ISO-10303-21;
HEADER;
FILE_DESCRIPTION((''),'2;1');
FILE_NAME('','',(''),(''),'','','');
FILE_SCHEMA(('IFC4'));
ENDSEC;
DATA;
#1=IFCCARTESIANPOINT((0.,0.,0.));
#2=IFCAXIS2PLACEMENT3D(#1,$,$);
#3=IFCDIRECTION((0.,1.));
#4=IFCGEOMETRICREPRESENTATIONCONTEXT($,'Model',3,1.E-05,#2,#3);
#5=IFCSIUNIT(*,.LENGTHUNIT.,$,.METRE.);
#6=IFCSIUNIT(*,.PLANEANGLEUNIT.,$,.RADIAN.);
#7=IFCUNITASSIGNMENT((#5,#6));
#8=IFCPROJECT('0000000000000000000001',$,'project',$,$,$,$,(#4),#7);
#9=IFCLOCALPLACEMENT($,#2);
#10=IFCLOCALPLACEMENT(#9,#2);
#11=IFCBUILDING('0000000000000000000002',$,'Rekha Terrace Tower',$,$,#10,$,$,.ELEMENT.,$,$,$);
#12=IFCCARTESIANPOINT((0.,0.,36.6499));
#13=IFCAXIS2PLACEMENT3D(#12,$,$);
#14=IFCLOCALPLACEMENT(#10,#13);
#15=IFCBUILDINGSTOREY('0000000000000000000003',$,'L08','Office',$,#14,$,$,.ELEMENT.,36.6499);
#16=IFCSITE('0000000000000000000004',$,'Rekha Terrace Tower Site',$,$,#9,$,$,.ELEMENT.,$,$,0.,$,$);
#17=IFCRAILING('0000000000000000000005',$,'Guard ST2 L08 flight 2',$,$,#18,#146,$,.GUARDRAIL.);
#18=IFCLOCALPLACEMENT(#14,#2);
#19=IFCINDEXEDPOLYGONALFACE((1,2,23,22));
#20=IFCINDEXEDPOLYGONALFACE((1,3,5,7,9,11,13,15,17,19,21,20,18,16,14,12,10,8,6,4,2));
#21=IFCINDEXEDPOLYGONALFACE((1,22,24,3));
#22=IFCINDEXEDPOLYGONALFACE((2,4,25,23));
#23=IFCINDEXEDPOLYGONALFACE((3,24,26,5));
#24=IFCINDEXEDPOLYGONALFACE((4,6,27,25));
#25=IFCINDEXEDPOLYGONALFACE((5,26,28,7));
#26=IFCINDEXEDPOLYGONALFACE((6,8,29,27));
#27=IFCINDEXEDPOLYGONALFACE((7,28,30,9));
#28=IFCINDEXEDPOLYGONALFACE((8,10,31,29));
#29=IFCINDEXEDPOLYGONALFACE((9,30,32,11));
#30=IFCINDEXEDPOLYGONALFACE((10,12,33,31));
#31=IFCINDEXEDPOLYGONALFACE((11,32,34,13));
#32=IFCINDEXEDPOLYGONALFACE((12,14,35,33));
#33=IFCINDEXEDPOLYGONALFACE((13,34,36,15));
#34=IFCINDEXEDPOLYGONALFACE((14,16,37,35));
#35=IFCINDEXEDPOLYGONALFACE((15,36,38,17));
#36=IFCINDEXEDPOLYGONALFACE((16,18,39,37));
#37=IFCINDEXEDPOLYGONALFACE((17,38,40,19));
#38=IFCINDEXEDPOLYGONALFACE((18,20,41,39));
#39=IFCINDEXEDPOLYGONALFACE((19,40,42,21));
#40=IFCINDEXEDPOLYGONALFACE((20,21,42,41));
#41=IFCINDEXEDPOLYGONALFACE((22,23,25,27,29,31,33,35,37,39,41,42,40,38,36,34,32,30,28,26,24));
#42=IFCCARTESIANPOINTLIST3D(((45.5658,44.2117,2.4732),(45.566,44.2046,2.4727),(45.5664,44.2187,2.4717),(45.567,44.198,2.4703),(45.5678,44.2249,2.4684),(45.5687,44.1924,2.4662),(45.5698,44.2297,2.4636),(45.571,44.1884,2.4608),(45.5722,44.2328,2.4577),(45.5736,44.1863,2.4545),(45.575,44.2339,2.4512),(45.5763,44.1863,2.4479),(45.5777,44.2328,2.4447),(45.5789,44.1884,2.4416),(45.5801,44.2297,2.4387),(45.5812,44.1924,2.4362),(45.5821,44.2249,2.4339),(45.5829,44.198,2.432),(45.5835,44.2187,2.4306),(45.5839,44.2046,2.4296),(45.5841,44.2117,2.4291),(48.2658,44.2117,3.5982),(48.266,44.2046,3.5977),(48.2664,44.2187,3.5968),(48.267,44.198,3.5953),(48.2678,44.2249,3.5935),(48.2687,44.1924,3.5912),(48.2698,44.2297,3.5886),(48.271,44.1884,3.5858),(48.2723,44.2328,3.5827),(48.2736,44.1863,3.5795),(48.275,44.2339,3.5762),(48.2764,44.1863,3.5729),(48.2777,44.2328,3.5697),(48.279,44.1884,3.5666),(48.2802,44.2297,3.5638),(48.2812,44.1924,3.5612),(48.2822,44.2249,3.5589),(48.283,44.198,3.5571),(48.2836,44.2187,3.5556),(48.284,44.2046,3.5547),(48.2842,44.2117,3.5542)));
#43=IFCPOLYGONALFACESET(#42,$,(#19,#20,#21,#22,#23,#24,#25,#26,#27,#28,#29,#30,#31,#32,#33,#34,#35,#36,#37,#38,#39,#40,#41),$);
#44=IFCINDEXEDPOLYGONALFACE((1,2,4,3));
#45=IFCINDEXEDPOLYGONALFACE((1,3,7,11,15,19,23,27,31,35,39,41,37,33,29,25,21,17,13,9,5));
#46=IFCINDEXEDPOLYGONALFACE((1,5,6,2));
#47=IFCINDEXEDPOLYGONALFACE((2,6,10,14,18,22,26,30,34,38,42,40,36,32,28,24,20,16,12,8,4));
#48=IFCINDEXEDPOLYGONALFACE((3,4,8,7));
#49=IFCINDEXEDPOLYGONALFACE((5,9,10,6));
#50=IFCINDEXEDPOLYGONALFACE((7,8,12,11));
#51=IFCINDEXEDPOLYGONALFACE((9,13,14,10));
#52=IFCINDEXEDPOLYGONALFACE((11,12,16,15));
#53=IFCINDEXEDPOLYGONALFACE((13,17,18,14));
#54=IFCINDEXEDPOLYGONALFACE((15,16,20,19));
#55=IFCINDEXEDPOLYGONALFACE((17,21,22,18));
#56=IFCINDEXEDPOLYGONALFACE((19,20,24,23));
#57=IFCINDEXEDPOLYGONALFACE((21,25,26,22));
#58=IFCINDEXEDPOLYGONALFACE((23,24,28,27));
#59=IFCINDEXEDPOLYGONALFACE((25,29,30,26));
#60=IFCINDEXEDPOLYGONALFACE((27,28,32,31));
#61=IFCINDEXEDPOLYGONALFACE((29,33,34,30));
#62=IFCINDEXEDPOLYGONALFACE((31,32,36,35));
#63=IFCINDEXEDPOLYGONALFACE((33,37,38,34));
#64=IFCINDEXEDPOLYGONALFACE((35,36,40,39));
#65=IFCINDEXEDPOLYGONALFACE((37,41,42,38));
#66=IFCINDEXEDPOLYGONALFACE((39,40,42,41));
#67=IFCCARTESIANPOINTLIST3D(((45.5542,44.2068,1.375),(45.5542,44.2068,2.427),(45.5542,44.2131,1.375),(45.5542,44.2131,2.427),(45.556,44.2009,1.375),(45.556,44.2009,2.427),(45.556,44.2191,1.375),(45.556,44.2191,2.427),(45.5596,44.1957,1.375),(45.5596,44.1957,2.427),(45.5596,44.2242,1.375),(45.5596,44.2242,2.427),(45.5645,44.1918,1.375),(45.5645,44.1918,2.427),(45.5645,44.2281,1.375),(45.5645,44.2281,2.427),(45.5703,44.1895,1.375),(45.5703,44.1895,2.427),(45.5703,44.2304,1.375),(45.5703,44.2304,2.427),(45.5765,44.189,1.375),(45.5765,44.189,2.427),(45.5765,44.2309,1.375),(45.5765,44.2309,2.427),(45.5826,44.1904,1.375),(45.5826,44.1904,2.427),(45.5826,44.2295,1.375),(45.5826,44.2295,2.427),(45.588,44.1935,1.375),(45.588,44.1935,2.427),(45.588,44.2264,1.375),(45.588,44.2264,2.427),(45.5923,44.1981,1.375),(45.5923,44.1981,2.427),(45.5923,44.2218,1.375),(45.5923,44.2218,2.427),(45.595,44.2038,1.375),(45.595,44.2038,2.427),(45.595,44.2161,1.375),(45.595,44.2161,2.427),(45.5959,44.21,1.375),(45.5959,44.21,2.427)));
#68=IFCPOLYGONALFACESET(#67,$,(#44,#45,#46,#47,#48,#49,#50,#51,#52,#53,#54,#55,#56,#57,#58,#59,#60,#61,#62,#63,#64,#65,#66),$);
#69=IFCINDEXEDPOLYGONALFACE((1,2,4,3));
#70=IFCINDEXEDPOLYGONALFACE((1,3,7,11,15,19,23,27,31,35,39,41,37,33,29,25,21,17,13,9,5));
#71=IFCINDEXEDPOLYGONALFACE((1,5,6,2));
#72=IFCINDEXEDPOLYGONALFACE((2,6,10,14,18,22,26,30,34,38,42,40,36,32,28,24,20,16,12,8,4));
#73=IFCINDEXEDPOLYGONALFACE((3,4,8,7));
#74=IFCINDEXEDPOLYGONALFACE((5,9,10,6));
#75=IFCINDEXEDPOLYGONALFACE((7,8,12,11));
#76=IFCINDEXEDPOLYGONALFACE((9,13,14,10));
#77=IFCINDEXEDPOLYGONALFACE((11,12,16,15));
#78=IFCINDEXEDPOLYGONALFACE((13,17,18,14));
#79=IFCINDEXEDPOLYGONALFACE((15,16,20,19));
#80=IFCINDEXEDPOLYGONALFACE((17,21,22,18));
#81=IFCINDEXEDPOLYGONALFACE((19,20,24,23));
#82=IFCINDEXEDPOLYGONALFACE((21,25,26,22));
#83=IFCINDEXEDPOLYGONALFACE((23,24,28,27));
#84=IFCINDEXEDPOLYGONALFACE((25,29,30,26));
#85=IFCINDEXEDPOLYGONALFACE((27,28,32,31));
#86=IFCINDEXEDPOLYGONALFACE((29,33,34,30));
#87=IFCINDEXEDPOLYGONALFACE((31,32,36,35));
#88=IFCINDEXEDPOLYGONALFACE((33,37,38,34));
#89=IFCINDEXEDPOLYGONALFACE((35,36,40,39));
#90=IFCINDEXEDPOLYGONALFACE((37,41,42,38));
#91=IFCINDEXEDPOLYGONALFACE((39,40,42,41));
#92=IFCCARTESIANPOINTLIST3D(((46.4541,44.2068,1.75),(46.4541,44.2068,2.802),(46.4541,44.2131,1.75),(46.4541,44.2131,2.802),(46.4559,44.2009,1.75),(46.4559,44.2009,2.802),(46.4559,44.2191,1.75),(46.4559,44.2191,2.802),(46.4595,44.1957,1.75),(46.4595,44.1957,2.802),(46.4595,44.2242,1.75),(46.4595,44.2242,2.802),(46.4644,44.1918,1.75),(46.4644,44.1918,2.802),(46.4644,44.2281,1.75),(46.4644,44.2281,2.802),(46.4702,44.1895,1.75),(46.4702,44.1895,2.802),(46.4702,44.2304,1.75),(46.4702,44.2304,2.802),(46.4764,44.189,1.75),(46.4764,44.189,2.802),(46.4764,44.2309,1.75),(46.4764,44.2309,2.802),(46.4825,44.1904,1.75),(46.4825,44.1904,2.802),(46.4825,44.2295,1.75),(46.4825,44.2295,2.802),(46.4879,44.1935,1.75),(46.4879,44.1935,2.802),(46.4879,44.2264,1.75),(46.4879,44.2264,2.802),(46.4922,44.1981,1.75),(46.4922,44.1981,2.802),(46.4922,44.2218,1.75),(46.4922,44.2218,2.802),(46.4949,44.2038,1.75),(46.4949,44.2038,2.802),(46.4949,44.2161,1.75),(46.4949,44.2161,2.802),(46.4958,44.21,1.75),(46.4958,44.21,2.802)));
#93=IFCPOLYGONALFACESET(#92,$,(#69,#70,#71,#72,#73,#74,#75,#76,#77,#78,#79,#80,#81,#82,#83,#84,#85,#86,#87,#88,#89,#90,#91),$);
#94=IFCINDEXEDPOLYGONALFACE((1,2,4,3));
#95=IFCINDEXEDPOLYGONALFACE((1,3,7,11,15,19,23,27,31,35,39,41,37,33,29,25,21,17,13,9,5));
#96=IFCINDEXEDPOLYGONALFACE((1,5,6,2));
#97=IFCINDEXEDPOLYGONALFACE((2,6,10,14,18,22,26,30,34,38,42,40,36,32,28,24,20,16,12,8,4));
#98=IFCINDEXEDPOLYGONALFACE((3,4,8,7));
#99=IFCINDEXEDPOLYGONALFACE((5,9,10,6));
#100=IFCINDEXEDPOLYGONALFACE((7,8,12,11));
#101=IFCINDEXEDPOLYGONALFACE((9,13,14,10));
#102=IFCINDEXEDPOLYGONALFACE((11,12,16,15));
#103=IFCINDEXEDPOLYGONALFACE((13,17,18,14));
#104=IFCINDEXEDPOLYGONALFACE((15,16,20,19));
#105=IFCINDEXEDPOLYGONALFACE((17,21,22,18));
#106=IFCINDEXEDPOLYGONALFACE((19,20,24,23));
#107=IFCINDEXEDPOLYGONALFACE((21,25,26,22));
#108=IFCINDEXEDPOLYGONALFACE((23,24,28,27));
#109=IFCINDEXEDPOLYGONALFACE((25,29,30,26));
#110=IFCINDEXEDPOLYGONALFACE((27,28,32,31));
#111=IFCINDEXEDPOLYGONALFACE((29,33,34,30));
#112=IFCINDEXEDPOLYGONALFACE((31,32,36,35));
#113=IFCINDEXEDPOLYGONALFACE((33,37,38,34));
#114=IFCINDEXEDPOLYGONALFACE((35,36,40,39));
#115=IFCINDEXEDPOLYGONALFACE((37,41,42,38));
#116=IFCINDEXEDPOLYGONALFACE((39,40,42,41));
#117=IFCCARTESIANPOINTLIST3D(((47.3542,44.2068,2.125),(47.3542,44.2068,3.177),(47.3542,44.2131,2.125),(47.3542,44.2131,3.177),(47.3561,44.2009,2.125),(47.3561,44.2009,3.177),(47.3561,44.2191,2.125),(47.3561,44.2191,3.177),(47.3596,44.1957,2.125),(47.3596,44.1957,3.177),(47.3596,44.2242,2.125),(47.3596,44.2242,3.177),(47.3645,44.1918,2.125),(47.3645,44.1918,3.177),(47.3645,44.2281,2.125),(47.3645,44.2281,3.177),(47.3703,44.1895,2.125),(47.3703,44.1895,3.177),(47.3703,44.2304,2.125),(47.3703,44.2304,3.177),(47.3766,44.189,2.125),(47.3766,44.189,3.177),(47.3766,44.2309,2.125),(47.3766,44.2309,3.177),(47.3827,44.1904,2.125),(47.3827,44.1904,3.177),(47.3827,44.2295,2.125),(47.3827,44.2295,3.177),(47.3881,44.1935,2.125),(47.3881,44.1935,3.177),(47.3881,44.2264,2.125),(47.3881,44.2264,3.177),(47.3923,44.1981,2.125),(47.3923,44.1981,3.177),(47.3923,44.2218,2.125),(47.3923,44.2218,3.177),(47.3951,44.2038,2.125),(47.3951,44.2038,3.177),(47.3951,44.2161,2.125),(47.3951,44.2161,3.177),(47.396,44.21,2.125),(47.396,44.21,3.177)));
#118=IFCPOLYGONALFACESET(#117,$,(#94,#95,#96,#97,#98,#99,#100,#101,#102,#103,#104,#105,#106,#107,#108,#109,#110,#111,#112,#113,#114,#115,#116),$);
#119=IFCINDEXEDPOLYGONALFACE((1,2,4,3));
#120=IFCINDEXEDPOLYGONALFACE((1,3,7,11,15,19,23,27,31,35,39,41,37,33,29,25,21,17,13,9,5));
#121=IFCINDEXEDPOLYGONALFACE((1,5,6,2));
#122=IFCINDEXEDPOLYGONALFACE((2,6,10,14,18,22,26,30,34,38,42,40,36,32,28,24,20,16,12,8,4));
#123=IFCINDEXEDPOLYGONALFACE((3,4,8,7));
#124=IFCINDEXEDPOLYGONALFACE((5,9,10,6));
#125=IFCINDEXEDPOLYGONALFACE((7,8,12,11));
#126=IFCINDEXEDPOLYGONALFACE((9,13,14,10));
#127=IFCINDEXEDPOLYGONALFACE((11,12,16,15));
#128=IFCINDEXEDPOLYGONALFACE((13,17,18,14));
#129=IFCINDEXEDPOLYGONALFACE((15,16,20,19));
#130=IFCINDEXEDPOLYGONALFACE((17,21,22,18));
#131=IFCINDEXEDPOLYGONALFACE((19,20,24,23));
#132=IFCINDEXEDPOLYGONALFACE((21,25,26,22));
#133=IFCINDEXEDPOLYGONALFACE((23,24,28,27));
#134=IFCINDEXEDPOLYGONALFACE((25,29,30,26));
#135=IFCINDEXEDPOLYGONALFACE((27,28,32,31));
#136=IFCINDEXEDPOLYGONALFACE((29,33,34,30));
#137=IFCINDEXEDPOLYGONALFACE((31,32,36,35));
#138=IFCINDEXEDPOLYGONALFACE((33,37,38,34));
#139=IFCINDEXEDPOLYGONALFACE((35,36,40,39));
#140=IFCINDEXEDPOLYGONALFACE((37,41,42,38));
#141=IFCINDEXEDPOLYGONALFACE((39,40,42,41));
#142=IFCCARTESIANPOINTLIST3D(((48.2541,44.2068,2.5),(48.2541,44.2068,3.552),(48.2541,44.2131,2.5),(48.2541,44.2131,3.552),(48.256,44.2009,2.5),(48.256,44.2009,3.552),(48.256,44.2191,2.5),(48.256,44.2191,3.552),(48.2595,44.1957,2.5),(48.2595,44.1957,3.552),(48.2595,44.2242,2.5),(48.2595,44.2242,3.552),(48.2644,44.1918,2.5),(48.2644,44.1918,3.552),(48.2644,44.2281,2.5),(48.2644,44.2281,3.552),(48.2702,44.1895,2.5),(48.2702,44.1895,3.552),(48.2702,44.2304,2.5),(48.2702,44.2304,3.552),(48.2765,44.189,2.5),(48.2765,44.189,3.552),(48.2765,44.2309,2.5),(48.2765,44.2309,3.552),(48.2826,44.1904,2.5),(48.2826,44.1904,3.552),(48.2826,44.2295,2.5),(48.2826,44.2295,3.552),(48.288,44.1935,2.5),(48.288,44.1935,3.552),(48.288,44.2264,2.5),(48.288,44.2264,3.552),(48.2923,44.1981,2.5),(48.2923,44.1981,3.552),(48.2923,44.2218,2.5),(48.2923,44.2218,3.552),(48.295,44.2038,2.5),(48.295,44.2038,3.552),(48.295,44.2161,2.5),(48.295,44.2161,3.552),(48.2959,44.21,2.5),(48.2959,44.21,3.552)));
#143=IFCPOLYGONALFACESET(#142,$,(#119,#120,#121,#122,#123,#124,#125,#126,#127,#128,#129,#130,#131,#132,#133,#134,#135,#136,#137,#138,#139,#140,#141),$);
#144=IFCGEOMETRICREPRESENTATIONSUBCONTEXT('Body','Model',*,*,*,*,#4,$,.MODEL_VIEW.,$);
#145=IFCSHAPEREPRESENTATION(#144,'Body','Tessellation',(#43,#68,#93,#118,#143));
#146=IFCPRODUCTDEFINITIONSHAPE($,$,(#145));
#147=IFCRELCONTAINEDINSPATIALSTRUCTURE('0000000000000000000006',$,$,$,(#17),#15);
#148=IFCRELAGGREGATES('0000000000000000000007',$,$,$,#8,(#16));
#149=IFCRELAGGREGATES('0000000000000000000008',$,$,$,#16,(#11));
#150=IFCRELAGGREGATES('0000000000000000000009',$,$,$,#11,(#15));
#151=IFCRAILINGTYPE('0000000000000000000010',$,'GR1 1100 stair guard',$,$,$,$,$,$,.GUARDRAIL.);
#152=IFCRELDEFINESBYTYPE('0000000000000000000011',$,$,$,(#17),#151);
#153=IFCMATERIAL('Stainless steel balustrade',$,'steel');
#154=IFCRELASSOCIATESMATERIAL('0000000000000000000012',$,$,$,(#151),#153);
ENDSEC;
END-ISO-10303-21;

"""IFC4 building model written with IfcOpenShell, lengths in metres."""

from ifc_helpers import new_model, si_unit, direction, frame, origin, origin_2d, place, context, subcontext, project, spatial, circle, extrude, material, type_object, element, save


model = new_model("IFC4")

# Units and contexts
model_context = context("Model", 3, precision=1e-05, world=origin(), true_north=direction((0.0, 1.0)))
body_context = subcontext(model_context, "Body", "Model", "MODEL_VIEW")
ifc_project = project(units=[si_unit("LENGTHUNIT", "METRE"), si_unit("PLANEANGLEUNIT", "RADIAN")], contexts=[model_context])

# Site, building, storey
site_placement = place(None, origin())
site = spatial("IfcSite", under=ifc_project, at=site_placement, Name="Rekha Terrace Tower Site", CompositionType="ELEMENT", RefElevation=0.0)
building_placement = place(site_placement, origin())
building = spatial("IfcBuilding", under=site, at=building_placement, Name="Rekha Terrace Tower", CompositionType="ELEMENT")
storey_placement = place(building_placement, frame((0.0, 0.0, 36.6499)))
storey = spatial("IfcBuildingStorey", under=building, at=storey_placement, Name="L08", Description="Office", CompositionType="ELEMENT", Elevation=36.6499)

# Railing
ifc_material_1 = material(Name="Stainless steel balustrade", Category="steel")
railing_type_1 = type_object("IfcRailingType", Name="GR1 1100 stair guard", PredefinedType="GUARDRAIL", material=ifc_material_1)
railing_1_placement = place(storey_placement, frame((45.575, 44.21, 1.375)))
element("IfcRailing", 1, at=railing_1_placement, inside=storey, type_object=railing_type_1, Name="Guard ST2 L08 flight 2", PredefinedType="GUARDRAIL", context=body_context, shape_type="SweptSolid", body=[
    extrude(circle(Radius=0.0239, at=origin_2d()), frame((0.0, 0.0, 1.0762), z_axis=(0.923074, 0.0, 0.384621), x_axis=(0.0, 1.0, 0.0)), (0.0, 0.0, 1.0), 2.925),
    extrude(circle(Radius=0.021, at=origin_2d()), origin(), (0.0, 0.0, 1.0), 1.052),
    extrude(circle(Radius=0.021, at=origin_2d()), frame((0.8999, 0.0, 0.375)), (0.0, 0.0, 1.0), 1.052),
    extrude(circle(Radius=0.021, at=origin_2d()), frame((1.8, 0.0, 0.75)), (0.0, 0.0, 1.0), 1.052),
    extrude(circle(Radius=0.021, at=origin_2d()), frame((2.7, 0.0, 1.125)), (0.0, 0.0, 1.0), 1.052),
])

save(model, "model.ifc")
